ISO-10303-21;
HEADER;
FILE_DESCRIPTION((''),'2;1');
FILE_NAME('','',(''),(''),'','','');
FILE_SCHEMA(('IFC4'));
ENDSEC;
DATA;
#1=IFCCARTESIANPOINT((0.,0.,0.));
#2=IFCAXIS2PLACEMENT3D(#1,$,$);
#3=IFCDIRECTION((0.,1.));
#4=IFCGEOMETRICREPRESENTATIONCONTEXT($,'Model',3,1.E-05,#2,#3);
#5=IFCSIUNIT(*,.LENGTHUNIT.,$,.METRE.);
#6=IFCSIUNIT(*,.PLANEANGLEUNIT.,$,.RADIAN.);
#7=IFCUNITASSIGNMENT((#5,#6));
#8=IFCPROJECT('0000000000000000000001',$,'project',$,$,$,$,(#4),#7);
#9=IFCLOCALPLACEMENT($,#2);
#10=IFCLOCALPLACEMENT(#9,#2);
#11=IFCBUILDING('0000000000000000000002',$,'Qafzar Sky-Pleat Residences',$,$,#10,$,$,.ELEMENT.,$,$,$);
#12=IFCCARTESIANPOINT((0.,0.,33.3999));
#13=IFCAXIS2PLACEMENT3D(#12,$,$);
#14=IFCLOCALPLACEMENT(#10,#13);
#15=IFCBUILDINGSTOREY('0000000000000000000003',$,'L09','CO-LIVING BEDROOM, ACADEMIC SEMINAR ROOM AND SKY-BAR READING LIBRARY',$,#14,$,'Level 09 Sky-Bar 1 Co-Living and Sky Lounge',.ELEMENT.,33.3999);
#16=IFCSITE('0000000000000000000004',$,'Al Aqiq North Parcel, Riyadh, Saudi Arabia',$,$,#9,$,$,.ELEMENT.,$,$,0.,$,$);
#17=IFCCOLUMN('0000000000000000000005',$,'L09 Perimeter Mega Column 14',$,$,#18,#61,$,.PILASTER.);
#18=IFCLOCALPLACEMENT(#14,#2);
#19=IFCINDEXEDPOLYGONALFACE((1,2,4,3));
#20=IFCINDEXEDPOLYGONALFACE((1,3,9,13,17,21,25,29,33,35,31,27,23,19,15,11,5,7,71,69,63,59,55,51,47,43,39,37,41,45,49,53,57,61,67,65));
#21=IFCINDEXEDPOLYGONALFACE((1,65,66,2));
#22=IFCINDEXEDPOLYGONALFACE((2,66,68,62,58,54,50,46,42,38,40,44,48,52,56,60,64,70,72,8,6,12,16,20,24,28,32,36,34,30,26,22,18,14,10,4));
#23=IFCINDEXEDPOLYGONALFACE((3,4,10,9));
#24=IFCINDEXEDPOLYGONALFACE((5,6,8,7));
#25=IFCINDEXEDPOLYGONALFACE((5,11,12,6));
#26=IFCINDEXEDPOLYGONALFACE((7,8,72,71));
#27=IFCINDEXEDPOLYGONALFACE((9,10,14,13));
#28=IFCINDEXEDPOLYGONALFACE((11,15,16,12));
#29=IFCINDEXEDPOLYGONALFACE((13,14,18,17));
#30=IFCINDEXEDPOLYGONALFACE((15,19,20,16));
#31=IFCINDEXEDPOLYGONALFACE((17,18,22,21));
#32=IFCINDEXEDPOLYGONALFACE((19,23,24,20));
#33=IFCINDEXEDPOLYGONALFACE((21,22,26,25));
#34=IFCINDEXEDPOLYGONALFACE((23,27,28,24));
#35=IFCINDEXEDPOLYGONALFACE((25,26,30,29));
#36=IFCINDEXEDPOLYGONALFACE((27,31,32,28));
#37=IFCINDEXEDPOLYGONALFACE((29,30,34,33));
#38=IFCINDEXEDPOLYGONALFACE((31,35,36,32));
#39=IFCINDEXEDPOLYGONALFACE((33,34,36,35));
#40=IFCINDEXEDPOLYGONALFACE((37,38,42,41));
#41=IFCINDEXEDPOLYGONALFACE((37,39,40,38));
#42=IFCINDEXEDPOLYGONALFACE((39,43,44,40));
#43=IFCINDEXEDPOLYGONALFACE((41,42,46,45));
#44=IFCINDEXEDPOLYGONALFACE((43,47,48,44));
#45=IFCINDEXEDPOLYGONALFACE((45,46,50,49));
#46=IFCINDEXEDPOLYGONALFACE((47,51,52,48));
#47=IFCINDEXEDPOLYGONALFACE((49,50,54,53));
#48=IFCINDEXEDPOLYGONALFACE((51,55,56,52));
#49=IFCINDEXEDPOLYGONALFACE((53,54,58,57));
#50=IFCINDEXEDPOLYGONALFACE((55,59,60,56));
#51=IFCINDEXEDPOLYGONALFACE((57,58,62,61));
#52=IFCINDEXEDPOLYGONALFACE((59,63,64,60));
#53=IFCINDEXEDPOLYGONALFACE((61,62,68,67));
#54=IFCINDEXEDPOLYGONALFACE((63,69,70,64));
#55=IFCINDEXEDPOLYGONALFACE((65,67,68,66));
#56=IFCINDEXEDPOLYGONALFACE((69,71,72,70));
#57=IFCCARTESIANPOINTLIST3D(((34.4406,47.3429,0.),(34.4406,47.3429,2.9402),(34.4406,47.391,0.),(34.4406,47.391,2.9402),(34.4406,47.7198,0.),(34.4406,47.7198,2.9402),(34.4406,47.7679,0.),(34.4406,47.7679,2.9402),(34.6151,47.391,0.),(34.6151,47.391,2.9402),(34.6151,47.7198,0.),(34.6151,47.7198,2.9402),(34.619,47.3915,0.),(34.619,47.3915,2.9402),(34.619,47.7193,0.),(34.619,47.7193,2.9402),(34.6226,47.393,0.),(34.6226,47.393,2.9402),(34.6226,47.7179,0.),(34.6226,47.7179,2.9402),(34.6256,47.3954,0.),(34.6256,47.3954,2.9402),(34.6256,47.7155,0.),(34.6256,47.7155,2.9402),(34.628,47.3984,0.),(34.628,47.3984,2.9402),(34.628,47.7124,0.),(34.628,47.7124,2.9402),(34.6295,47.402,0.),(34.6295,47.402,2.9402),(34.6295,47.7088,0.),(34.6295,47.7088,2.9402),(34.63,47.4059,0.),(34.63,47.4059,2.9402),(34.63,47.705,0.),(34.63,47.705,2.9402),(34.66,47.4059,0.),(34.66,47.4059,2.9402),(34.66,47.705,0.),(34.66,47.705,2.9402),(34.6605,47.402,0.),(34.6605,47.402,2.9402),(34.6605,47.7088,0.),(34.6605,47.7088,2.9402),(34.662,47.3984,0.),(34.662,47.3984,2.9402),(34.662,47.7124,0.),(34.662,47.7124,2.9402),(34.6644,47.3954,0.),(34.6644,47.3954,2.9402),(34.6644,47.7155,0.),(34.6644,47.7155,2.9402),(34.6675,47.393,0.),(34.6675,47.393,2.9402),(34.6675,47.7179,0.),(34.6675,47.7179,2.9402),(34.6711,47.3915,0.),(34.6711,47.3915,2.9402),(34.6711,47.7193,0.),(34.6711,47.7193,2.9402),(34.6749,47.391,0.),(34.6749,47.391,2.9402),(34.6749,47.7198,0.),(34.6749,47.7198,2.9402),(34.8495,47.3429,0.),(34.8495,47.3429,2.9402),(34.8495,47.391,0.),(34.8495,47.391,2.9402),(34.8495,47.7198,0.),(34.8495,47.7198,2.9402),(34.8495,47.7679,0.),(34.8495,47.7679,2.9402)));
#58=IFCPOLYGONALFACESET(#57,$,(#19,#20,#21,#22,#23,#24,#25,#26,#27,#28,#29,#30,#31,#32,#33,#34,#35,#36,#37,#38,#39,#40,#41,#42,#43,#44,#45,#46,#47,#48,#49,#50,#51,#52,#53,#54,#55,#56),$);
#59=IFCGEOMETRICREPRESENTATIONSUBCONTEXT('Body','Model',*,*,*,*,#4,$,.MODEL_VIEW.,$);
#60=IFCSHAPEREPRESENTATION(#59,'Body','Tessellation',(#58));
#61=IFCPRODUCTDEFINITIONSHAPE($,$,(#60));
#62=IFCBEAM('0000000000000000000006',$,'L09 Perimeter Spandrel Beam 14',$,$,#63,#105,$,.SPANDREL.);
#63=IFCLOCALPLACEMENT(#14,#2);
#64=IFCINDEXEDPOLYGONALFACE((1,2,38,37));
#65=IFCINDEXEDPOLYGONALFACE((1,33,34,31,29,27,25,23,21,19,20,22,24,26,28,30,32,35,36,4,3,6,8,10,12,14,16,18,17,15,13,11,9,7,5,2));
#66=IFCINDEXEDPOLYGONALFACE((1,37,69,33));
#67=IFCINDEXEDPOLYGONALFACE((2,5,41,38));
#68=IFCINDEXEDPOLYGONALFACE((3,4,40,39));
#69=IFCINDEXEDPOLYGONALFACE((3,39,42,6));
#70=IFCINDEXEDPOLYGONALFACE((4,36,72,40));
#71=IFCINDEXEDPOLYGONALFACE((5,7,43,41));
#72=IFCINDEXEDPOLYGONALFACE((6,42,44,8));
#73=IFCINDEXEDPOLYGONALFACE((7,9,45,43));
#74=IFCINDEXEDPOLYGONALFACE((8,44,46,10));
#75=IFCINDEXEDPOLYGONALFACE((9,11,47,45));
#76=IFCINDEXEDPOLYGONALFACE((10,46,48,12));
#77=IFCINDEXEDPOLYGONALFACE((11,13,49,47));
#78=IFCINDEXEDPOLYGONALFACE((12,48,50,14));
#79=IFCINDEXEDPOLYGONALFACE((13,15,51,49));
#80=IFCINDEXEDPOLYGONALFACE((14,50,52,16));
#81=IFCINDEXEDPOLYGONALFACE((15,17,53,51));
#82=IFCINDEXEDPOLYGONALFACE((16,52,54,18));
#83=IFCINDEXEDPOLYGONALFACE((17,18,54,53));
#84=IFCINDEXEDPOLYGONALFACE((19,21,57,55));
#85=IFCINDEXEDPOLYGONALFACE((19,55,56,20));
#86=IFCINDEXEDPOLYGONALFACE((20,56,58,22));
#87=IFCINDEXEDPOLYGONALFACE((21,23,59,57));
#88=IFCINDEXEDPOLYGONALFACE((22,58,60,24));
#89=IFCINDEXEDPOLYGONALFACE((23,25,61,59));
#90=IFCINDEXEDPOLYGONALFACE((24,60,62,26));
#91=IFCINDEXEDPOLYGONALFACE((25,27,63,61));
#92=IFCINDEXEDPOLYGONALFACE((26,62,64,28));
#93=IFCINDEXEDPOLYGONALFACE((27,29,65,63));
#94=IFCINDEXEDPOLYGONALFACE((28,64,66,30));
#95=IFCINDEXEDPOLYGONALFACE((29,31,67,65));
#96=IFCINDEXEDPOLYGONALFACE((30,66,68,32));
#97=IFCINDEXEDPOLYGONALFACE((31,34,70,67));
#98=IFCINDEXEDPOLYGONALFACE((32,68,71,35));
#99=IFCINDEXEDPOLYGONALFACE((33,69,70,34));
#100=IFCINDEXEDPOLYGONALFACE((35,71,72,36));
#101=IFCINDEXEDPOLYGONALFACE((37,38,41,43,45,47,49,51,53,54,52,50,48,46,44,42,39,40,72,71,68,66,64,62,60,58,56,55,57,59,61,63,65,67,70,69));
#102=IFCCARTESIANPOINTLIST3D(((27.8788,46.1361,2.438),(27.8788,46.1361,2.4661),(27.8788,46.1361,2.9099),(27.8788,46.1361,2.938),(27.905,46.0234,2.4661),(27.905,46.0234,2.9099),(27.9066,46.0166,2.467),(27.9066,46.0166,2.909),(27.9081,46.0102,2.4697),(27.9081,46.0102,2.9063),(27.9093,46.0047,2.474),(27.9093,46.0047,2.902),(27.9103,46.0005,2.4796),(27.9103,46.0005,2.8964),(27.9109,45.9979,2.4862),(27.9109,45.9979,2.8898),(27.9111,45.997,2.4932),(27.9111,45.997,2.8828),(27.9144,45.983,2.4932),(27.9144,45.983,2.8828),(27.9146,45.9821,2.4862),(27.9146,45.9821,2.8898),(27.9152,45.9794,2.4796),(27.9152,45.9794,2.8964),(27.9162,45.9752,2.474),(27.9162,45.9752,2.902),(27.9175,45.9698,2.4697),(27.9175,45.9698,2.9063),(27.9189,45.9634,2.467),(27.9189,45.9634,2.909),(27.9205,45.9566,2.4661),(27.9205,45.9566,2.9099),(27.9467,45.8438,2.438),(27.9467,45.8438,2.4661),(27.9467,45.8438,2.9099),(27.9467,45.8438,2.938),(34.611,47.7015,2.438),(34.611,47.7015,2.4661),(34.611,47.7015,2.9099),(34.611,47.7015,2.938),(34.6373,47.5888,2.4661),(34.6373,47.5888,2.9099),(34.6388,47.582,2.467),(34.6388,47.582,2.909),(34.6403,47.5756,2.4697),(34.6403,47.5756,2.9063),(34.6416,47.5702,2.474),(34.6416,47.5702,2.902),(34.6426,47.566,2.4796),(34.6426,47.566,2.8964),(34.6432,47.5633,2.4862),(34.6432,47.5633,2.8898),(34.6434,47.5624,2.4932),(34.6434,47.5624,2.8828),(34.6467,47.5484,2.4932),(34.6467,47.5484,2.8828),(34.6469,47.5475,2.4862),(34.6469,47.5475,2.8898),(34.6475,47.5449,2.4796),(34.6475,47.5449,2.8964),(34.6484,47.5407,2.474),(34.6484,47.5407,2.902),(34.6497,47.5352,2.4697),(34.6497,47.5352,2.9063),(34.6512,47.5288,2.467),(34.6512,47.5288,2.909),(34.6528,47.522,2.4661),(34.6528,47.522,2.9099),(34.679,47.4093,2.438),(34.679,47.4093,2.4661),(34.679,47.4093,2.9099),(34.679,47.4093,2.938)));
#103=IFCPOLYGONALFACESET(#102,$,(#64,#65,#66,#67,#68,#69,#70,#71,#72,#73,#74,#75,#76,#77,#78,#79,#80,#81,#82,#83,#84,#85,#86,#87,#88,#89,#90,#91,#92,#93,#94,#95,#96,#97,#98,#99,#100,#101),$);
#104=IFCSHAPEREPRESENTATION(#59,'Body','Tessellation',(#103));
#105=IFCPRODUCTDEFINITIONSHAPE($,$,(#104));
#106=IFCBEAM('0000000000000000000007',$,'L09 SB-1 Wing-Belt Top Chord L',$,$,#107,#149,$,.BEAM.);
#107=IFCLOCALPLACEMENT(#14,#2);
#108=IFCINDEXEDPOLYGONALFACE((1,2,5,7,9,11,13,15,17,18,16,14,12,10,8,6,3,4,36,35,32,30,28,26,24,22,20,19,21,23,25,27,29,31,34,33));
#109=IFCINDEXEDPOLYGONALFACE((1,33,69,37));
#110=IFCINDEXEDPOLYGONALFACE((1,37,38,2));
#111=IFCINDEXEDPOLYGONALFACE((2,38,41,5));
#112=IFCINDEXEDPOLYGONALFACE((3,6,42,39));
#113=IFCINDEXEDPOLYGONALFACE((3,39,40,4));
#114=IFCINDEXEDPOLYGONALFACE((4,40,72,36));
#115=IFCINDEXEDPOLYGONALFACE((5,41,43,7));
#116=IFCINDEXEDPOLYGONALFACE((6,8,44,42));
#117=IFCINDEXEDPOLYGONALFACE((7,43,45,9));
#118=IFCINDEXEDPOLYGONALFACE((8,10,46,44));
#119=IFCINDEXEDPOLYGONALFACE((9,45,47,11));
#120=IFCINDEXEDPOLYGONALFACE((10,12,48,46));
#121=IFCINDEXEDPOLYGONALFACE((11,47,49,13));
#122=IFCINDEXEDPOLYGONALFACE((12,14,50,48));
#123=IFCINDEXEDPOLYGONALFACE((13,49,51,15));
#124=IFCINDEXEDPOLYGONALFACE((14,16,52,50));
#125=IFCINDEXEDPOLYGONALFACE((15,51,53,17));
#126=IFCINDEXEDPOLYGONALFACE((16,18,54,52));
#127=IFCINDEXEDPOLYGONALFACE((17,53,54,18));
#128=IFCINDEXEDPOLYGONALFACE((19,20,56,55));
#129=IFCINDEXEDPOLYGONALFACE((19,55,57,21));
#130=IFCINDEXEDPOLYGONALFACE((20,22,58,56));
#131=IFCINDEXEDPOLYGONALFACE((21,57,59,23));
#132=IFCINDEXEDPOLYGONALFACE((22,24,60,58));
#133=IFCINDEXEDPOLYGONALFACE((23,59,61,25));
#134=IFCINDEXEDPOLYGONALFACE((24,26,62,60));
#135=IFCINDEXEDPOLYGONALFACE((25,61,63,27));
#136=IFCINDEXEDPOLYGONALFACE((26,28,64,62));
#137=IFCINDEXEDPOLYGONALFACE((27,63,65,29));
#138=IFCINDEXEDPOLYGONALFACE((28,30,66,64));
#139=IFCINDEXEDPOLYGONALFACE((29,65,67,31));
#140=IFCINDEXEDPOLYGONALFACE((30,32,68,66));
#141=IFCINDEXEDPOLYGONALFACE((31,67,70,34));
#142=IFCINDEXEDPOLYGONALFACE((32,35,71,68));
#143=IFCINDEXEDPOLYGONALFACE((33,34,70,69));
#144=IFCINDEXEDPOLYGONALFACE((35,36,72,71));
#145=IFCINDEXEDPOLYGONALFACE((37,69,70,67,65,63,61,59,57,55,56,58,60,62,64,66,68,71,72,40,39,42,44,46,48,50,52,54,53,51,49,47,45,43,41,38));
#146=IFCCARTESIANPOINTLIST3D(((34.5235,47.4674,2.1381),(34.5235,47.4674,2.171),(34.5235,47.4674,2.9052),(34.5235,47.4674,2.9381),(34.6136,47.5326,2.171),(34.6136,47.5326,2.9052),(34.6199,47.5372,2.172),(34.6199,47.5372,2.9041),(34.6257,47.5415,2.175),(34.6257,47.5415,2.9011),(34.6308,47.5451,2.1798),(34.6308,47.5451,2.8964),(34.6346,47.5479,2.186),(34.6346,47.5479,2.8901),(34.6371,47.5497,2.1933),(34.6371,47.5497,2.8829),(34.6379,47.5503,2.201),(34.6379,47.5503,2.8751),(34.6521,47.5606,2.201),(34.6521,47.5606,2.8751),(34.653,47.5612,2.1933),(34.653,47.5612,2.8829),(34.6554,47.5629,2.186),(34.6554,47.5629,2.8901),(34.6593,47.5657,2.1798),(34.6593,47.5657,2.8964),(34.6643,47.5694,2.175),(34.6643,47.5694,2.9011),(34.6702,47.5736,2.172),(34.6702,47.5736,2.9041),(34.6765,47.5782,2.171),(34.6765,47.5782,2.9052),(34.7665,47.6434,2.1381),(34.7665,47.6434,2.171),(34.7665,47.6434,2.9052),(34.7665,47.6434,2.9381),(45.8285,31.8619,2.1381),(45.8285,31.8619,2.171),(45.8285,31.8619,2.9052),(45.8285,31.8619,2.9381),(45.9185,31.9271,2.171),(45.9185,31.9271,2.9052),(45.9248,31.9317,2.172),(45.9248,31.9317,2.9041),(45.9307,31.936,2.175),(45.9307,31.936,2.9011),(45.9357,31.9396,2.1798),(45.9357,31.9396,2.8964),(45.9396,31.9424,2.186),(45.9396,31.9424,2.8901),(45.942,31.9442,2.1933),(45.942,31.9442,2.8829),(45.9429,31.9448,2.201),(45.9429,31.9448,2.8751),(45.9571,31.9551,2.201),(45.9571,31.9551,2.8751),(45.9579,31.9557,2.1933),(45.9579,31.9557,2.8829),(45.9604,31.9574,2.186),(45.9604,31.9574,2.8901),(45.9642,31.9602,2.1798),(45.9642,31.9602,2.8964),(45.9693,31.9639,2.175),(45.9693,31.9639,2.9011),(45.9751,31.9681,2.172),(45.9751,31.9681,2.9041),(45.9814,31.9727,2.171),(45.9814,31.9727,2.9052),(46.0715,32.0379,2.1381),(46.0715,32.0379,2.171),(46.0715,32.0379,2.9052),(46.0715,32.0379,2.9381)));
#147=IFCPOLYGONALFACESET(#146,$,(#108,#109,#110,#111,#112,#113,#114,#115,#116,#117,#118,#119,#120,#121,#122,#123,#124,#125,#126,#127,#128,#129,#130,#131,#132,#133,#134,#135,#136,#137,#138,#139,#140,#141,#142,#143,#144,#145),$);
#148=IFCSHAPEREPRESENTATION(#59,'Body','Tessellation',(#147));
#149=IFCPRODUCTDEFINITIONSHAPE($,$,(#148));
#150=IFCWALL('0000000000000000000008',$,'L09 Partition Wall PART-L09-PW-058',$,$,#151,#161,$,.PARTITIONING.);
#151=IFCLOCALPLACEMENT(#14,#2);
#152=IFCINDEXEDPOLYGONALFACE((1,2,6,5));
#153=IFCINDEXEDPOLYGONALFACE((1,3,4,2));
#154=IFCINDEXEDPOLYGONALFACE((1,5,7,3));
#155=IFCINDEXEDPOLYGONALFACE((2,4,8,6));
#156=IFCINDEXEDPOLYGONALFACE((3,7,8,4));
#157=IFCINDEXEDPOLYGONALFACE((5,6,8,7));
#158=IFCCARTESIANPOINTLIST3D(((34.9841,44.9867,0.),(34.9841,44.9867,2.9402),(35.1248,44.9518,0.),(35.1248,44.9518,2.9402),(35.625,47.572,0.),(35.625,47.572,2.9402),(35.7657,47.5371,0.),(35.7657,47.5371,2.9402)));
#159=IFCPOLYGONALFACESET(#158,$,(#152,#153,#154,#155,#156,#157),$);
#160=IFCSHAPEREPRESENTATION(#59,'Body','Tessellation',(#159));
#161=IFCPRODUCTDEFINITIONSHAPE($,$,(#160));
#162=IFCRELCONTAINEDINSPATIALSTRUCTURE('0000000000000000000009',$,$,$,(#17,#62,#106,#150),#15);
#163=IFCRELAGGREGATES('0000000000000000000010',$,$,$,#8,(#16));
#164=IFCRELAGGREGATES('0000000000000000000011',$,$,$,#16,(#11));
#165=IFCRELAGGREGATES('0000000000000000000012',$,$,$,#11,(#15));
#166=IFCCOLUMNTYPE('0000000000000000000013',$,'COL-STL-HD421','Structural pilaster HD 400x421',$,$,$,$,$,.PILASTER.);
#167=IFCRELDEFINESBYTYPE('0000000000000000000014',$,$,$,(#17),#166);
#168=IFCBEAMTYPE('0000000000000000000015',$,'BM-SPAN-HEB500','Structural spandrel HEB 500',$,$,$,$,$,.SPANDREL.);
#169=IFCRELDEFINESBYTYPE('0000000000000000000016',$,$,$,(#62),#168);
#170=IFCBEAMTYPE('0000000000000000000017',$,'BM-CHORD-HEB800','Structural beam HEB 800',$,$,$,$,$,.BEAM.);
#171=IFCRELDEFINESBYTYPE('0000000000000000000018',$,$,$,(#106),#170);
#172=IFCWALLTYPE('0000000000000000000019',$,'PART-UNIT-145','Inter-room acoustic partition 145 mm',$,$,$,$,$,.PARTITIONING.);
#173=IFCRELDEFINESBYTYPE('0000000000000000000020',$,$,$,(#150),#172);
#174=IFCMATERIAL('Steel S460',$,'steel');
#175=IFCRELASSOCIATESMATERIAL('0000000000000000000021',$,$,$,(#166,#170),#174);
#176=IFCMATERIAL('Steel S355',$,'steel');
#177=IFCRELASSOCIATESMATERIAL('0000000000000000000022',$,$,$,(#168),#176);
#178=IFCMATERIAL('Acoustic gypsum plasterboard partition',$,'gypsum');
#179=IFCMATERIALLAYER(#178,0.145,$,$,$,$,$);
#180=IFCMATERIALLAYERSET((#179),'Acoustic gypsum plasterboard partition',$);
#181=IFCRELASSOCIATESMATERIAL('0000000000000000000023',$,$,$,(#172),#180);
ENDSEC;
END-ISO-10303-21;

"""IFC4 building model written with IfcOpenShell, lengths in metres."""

from ifc_helpers import new_model, si_unit, direction, frame, frame_2d, origin, origin_2d, place, context, subcontext, project, spatial, rectangle, i_section, extrude, source, transform, mapped, material, layer, layer_set, material_profile, profile_set, type_object, element, save


model = new_model("IFC4")

# Units and contexts
model_context = context("Model", 3, precision=1e-05, world=origin(), true_north=direction((0.0, 1.0)))
body_context = subcontext(model_context, "Body", "Model", "MODEL_VIEW")
ifc_project = project(units=[si_unit("LENGTHUNIT", "METRE"), si_unit("PLANEANGLEUNIT", "RADIAN")], contexts=[model_context])

# Site, building, storey
site_placement = place(None, origin())
site = spatial("IfcSite", under=ifc_project, at=site_placement, Name="Al Aqiq North Parcel, Riyadh, Saudi Arabia", CompositionType="ELEMENT", RefElevation=0.0)
building_placement = place(site_placement, origin())
building = spatial("IfcBuilding", under=site, at=building_placement, Name="Qafzar Sky-Pleat Residences", CompositionType="ELEMENT")
storey_placement = place(building_placement, frame((0.0, 0.0, 33.3999)))
storey = spatial("IfcBuildingStorey", under=building, at=storey_placement, Name="L09", Description="CO-LIVING BEDROOM, ACADEMIC SEMINAR ROOM AND SKY-BAR READING LIBRARY", LongName="Level 09 Sky-Bar 1 Co-Living and Sky Lounge", CompositionType="ELEMENT", Elevation=33.3999)

# Column
ifc_material_1 = material(Name="Steel S460", Category="steel")
ifc_material_profile_1 = material_profile(ifc_material_1, i_section(OverallWidth=0.4089, OverallDepth=0.425, WebThickness=0.03, FlangeThickness=0.0481, FilletRadius=0.0149, at=origin_2d()), Name="HD 400x421")
ifc_profile_set_1 = profile_set([ifc_material_profile_1], Name="Steel S460")
column_type = type_object("IfcColumnType", Name="COL-STL-HD421", Description="Structural pilaster HD 400x421", PredefinedType="PILASTER", material=ifc_profile_set_1)
shared_shape_1 = source(origin(), body_context, "Body", "SweptSolid", [
    extrude(i_section(OverallWidth=0.4089, OverallDepth=0.425, WebThickness=0.03, FlangeThickness=0.0481, FilletRadius=0.0149, at=origin_2d()), origin(), (0.0, 0.0, 1.0), 2.9402),
])
column_placement = place(storey_placement, frame((34.645, 47.5554, 0.0), z_axis=(0.0, 0.0, 1.0), x_axis=(1.0, 0.0, 0.0)))
element("IfcColumn", 1, at=column_placement, inside=storey, type_object=column_type, Name="L09 Perimeter Mega Column 14", PredefinedType="PILASTER", context=body_context, shape_type="MappedRepresentation", body=[
    mapped(shared_shape_1, transform((0.0, 0.0, 0.0), x_axis=(1.0, 0.0, 0.0), y_axis=(0.0, 1.0, 0.0), z_axis=(0.0, 0.0, 1.0), scale=1.0)),
])

# Beams
ifc_material_2 = material(Name="Steel S355", Category="steel")
ifc_material_profile_2 = material_profile(ifc_material_2, i_section(OverallWidth=0.3, OverallDepth=0.5, WebThickness=0.0144, FlangeThickness=0.0281, FilletRadius=0.0271, at=origin_2d()), Name="HEB 500")
ifc_profile_set_2 = profile_set([ifc_material_profile_2], Name="Steel S355")
beam_type_1 = type_object("IfcBeamType", Name="BM-SPAN-HEB500", Description="Structural spandrel HEB 500", PredefinedType="SPANDREL", material=ifc_profile_set_2)
shared_shape_2 = source(origin(), body_context, "Body", "SweptSolid", [
    extrude(i_section(OverallWidth=0.3, OverallDepth=0.5, WebThickness=0.0144, FlangeThickness=0.0281, FilletRadius=0.0271, at=origin_2d()), origin(), (0.0, 0.0, 1.0), 6.9119),
])
beam_1_placement = place(storey_placement, frame((34.645, 47.5554, 2.688), z_axis=(-0.974014, -0.226487, 0.0), x_axis=(0.226487, -0.974014, 0.0)))
element("IfcBeam", 2, at=beam_1_placement, inside=storey, type_object=beam_type_1, Name="L09 Perimeter Spandrel Beam 14", PredefinedType="SPANDREL", context=body_context, shape_type="MappedRepresentation", body=[
    mapped(shared_shape_2, transform((0.0, 0.0, 0.0), x_axis=(1.0, 0.0, 0.0), y_axis=(0.0, 1.0, 0.0), z_axis=(0.0, 0.0, 1.0), scale=1.0)),
])
ifc_material_profile_3 = material_profile(ifc_material_1, i_section(OverallWidth=0.3, OverallDepth=0.8, WebThickness=0.0176, FlangeThickness=0.033, FilletRadius=0.03, at=origin_2d()), Name="HEB 800")
ifc_profile_set_3 = profile_set([ifc_material_profile_3], Name="Steel S460")
beam_type_2 = type_object("IfcBeamType", Name="BM-CHORD-HEB800", Description="Structural beam HEB 800", PredefinedType="BEAM", material=ifc_profile_set_3)
shared_shape_3 = source(origin(), body_context, "Body", "SweptSolid", [
    extrude(i_section(OverallWidth=0.3, OverallDepth=0.8, WebThickness=0.0176, FlangeThickness=0.033, FilletRadius=0.03, at=origin_2d()), origin(), (0.0, 0.0, 1.0), 19.27),
])
beam_2_placement = place(storey_placement, frame((34.645, 47.5554, 2.5381), z_axis=(0.58666, -0.809833, 0.0), x_axis=(0.809833, 0.58666, 0.0)))
element("IfcBeam", 3, at=beam_2_placement, inside=storey, type_object=beam_type_2, Name="L09 SB-1 Wing-Belt Top Chord L", PredefinedType="BEAM", context=body_context, shape_type="MappedRepresentation", body=[
    mapped(shared_shape_3, transform((0.0, 0.0, 0.0), x_axis=(1.0, 0.0, 0.0), y_axis=(0.0, 1.0, 0.0), z_axis=(0.0, 0.0, 1.0), scale=1.0)),
])

# Wall
ifc_material_3 = material(Name="Acoustic gypsum plasterboard partition", Category="gypsum")
ifc_layer_1 = layer(ifc_material_3, 0.145)
ifc_layer_set_1 = layer_set([ifc_layer_1], Name="Acoustic gypsum plasterboard partition")
wall_type_1 = type_object("IfcWallType", Name="PART-UNIT-145", Description="Inter-room acoustic partition 145 mm", PredefinedType="PARTITIONING", material=ifc_layer_set_1)
wall_1_placement = place(storey_placement, frame((35.0544, 44.9692, 0.0), z_axis=(0.0, 0.0, 1.0), x_axis=(0.240616, 0.97062, 0.0)))
element("IfcWall", 4, at=wall_1_placement, inside=storey, type_object=wall_type_1, Name="L09 Partition Wall PART-L09-PW-058", PredefinedType="PARTITIONING", context=body_context, shape_type="SweptSolid", body=[
    extrude(rectangle(XDim=2.6636, YDim=0.145, at=frame_2d((1.3318, 0.0))), origin(), (0.0, 0.0, 1.0), 2.9402),
])

save(model, "model.ifc")
